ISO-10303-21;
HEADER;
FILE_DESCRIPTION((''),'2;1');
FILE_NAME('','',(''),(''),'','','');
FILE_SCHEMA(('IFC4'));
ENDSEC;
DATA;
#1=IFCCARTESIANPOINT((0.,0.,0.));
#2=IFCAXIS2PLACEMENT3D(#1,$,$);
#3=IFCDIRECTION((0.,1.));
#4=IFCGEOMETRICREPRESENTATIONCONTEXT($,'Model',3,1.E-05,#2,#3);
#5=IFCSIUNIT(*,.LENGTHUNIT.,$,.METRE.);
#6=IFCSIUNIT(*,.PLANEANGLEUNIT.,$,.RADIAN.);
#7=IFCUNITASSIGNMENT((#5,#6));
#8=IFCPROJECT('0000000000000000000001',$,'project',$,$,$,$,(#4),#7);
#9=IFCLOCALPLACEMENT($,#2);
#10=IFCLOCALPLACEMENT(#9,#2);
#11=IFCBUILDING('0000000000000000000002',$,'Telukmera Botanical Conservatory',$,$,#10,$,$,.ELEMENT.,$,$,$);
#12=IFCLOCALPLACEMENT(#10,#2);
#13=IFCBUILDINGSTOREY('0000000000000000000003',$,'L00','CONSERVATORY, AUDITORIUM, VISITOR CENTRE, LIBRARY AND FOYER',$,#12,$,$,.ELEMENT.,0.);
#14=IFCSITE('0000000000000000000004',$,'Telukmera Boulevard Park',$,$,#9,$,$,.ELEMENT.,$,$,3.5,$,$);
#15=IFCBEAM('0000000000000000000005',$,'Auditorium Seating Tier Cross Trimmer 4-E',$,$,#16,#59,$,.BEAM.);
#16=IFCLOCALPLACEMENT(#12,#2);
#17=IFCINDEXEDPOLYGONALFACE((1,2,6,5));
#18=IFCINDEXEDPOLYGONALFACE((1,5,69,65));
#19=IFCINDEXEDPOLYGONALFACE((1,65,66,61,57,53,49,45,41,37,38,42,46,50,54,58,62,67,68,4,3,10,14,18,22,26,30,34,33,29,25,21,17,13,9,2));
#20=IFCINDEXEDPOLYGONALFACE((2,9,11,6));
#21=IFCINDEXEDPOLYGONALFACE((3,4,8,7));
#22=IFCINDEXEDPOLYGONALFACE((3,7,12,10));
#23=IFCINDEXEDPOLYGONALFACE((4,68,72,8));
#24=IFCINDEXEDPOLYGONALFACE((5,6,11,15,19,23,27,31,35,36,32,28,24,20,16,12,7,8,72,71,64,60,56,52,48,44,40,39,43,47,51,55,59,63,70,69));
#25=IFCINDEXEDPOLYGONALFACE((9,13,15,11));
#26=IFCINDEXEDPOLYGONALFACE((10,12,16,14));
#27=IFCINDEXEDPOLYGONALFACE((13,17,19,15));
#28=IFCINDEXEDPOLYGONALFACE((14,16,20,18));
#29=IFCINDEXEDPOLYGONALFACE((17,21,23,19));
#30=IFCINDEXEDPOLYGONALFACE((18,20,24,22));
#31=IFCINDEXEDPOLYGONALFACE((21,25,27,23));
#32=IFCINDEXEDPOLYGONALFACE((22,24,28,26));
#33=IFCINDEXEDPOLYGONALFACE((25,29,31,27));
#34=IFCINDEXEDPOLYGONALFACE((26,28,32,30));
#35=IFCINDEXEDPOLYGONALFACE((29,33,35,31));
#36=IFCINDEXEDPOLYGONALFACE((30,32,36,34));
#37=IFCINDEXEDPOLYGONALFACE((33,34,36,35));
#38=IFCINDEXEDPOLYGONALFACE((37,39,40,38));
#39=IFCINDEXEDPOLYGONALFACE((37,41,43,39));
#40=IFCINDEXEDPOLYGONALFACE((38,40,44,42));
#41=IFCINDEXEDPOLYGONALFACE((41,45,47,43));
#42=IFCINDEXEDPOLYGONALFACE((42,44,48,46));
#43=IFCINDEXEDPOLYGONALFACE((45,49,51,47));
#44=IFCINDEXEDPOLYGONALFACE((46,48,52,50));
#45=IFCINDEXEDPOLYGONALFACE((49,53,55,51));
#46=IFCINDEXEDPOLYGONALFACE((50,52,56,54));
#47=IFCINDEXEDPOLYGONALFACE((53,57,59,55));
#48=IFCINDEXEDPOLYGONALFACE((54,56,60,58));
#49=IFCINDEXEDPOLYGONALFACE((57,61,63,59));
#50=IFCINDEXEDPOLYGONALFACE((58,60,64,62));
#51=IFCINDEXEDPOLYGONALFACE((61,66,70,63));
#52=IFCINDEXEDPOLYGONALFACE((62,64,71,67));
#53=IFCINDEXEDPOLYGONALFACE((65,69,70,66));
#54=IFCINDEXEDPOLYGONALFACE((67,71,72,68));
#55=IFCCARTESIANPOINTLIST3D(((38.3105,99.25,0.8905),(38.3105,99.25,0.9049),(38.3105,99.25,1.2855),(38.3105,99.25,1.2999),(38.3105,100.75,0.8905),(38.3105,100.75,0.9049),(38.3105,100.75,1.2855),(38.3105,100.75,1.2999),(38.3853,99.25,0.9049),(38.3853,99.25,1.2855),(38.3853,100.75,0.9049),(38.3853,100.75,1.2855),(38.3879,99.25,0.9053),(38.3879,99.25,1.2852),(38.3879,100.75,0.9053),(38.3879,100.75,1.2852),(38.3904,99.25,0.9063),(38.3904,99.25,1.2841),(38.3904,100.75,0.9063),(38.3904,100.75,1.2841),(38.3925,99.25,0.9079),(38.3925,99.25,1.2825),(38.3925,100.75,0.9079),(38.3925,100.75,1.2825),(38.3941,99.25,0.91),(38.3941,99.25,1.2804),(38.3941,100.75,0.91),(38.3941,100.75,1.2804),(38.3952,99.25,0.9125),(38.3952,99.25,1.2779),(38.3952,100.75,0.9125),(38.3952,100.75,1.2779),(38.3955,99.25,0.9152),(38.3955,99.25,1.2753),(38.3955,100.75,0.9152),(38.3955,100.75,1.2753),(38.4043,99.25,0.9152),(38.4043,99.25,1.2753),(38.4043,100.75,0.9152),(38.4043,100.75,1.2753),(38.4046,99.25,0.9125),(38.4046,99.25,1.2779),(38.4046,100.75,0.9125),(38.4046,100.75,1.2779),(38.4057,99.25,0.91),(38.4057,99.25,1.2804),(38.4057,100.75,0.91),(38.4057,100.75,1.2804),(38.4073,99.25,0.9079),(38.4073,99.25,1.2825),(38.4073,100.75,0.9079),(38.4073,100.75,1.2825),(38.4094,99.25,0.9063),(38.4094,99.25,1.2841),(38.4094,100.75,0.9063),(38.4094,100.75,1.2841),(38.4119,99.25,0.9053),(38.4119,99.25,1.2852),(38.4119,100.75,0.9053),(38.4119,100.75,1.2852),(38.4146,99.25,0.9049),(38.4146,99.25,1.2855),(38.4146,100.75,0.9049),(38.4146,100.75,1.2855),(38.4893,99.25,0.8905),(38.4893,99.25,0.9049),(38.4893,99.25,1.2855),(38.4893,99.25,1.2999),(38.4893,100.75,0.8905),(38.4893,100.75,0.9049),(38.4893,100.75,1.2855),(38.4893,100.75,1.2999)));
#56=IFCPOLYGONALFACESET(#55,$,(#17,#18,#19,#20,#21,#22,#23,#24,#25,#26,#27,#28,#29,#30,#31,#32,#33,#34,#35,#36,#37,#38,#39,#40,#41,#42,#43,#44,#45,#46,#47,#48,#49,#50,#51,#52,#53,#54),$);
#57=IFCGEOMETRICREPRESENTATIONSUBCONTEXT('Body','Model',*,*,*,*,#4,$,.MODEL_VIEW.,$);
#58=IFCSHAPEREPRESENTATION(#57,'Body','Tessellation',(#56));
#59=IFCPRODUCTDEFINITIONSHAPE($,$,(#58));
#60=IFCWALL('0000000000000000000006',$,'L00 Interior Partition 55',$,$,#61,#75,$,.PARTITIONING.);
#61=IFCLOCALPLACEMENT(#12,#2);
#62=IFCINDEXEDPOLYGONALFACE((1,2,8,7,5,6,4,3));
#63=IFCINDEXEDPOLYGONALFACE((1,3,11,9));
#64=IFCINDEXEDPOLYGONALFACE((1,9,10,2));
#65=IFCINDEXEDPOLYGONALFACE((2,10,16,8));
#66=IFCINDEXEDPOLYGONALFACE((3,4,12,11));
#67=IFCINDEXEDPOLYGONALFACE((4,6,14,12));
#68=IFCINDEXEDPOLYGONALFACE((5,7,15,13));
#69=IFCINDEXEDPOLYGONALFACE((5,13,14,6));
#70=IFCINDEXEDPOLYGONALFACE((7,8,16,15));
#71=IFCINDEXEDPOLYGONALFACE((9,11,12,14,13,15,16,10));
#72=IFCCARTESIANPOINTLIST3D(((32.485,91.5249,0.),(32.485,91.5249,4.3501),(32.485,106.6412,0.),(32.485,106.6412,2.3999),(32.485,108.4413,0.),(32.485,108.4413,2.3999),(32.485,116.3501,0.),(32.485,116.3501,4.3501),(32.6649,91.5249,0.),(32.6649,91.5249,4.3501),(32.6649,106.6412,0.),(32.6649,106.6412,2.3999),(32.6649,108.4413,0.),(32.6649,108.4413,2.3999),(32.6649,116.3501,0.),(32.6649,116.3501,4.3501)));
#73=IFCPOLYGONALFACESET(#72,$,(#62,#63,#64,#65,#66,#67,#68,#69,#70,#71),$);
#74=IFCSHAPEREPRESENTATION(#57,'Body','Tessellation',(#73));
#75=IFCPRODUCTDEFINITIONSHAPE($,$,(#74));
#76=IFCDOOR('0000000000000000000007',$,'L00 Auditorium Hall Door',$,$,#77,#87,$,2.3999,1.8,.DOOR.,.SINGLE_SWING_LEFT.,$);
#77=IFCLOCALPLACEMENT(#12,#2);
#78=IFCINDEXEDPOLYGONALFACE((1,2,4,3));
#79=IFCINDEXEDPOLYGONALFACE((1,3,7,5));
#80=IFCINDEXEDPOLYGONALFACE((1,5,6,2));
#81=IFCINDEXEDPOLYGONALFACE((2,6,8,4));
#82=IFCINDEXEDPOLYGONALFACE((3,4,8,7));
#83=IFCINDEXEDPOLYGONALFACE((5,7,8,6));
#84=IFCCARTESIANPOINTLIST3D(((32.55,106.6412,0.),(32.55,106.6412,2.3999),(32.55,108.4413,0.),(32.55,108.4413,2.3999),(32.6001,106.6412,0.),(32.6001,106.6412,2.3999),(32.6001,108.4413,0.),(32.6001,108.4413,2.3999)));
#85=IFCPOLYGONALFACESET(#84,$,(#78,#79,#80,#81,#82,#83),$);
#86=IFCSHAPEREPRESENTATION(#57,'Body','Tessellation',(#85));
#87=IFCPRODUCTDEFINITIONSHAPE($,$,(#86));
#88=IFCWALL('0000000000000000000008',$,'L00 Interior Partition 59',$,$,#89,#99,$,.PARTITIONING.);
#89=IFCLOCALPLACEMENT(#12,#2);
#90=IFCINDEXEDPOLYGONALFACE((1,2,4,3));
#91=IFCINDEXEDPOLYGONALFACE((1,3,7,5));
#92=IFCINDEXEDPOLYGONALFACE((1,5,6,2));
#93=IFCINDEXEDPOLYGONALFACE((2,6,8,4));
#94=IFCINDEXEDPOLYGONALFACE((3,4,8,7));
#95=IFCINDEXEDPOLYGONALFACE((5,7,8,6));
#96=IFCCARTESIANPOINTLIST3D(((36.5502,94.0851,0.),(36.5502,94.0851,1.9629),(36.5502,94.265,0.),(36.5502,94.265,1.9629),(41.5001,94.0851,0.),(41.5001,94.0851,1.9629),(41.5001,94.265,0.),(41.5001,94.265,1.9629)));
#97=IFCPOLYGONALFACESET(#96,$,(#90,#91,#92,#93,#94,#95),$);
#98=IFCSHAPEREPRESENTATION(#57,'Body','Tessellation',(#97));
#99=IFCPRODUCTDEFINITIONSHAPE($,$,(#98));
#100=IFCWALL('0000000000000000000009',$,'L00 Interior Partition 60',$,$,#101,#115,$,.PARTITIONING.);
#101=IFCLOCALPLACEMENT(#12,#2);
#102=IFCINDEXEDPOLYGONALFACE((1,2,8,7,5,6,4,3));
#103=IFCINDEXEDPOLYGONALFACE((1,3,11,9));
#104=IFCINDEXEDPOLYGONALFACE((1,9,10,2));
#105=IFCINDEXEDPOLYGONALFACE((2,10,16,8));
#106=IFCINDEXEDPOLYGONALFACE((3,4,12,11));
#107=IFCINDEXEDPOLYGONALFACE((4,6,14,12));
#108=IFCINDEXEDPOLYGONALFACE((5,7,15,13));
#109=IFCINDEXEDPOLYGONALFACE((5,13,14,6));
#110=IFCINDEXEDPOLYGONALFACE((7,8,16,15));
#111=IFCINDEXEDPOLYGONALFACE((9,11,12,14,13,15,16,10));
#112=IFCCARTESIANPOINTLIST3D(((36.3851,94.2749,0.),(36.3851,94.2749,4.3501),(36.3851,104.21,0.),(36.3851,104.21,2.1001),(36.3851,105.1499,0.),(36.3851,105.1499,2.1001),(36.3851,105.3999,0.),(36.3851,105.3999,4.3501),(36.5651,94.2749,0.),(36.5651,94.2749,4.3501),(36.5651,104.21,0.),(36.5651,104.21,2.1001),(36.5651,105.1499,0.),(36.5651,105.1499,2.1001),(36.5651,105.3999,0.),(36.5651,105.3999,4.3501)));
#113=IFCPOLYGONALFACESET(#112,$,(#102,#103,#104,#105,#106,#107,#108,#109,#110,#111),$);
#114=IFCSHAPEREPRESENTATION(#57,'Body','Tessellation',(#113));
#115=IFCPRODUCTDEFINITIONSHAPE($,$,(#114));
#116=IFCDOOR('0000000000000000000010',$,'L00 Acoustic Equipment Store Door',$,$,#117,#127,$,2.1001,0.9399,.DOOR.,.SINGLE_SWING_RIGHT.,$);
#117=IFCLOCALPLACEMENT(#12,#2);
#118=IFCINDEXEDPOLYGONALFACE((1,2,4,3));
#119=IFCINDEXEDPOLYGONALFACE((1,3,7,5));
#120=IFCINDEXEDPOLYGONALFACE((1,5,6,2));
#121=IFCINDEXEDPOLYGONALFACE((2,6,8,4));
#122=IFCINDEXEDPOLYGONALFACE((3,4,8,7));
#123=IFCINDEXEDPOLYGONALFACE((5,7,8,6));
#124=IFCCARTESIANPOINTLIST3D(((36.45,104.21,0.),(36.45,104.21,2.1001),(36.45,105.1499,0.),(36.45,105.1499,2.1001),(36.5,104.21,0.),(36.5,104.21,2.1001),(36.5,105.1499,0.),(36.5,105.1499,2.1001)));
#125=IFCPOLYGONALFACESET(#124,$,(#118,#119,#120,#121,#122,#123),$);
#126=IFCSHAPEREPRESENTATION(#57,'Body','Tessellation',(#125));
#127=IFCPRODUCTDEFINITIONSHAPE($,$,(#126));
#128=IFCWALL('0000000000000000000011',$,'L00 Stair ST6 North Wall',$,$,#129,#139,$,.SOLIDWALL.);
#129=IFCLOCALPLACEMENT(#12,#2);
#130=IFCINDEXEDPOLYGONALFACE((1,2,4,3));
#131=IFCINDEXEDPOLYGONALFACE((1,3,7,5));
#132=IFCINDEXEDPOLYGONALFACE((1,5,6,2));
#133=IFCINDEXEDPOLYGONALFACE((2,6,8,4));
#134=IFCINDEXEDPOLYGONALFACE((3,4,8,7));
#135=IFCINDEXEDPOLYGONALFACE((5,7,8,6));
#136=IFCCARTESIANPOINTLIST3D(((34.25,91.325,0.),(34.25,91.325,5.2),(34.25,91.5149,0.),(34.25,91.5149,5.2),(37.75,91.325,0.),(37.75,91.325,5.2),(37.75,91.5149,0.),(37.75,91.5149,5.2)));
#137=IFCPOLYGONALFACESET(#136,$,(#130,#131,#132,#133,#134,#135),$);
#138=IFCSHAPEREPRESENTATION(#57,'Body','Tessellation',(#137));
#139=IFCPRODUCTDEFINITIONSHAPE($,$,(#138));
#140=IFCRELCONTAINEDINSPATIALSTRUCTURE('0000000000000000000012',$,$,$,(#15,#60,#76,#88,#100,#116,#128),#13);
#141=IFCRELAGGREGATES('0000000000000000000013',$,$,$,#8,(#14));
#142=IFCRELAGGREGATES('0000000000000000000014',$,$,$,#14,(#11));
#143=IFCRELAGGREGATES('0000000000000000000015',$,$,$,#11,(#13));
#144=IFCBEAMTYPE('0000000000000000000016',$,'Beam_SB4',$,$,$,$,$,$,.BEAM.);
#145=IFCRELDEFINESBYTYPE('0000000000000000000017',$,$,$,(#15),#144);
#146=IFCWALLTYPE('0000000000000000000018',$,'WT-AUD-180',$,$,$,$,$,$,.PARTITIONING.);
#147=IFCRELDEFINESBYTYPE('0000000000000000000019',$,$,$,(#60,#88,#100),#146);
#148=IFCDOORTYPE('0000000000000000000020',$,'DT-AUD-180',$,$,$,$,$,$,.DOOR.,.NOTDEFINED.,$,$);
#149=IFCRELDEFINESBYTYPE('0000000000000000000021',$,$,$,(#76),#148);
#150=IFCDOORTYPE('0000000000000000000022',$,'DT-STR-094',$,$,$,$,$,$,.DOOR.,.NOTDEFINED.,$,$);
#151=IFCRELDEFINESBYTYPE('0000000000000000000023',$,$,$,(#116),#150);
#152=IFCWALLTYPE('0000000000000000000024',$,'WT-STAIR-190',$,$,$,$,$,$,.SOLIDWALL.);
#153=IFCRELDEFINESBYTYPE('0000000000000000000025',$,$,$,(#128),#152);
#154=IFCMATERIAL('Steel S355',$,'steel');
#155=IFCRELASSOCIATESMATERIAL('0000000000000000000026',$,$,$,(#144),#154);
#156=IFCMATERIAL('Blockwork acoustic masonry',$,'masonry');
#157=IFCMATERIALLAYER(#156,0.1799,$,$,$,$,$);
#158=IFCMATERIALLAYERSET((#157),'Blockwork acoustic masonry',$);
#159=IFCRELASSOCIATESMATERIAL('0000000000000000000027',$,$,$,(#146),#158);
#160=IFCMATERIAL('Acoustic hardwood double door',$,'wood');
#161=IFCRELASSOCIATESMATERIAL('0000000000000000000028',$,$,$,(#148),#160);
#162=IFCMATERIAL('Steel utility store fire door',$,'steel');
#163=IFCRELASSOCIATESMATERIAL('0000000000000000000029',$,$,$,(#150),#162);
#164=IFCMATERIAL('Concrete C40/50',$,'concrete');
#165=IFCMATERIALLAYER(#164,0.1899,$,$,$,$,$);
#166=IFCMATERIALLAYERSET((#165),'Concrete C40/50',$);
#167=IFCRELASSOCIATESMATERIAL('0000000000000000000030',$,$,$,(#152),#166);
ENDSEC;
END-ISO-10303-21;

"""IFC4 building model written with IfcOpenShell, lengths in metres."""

from ifc_helpers import new_model, si_unit, direction, frame, frame_2d, origin, origin_2d, place, context, subcontext, project, spatial, rectangle, i_section, extrude, material, layer, layer_set, material_profile, profile_set, type_object, element, fill, save


model = new_model("IFC4")

# Units and contexts
model_context = context("Model", 3, precision=1e-05, world=origin(), true_north=direction((0.0, 1.0)))
body_context = subcontext(model_context, "Body", "Model", "MODEL_VIEW")
ifc_project = project(units=[si_unit("LENGTHUNIT", "METRE"), si_unit("PLANEANGLEUNIT", "RADIAN")], contexts=[model_context])

# Site, building, storey
site_placement = place(None, origin())
site = spatial("IfcSite", under=ifc_project, at=site_placement, Name="Telukmera Boulevard Park", CompositionType="ELEMENT", RefElevation=3.5)
building_placement = place(site_placement, origin())
building = spatial("IfcBuilding", under=site, at=building_placement, Name="Telukmera Botanical Conservatory", CompositionType="ELEMENT")
storey_placement = place(building_placement, origin())
storey = spatial("IfcBuildingStorey", under=building, at=storey_placement, Name="L00", Description="CONSERVATORY, AUDITORIUM, VISITOR CENTRE, LIBRARY AND FOYER", CompositionType="ELEMENT", Elevation=0.0)

# Beam
ifc_material_1 = material(Name="Steel S355", Category="steel")
ifc_material_profile_1 = material_profile(ifc_material_1, i_section(OverallWidth=0.1787, OverallDepth=0.4094, WebThickness=0.0088, FlangeThickness=0.0144, FilletRadius=0.0103, at=origin_2d()), Name="UB 406x178x67")
ifc_profile_set_1 = profile_set([ifc_material_profile_1], Name="Steel S355")
beam_type = type_object("IfcBeamType", Name="Beam_SB4", PredefinedType="BEAM", material=ifc_profile_set_1)
beam_1_placement = place(storey_placement, frame((38.3999, 99.25, 1.0952), z_axis=(0.0, 1.0, 0.0), x_axis=(-1.0, 0.0, 0.0)))
element("IfcBeam", 1, at=beam_1_placement, inside=storey, type_object=beam_type, Name="Auditorium Seating Tier Cross Trimmer 4-E", PredefinedType="BEAM", context=body_context, shape_type="SweptSolid", body=[
    extrude(i_section(OverallWidth=0.1787, OverallDepth=0.4094, WebThickness=0.0088, FlangeThickness=0.0144, FilletRadius=0.0103, at=origin_2d()), origin(), (0.0, 0.0, 1.0), 1.5),
])

# Wall, opening, door
ifc_material_2 = material(Name="Blockwork acoustic masonry", Category="masonry")
ifc_layer_1 = layer(ifc_material_2, 0.1799)
ifc_layer_set_1 = layer_set([ifc_layer_1], Name="Blockwork acoustic masonry")
wall_type_1 = type_object("IfcWallType", Name="WT-AUD-180", PredefinedType="PARTITIONING", material=ifc_layer_set_1)
wall_1_placement = place(storey_placement, frame((32.575, 91.5249, 0.0), z_axis=(0.0, 0.0, 1.0), x_axis=(0.0, 1.0, 0.0)))
wall_1 = element("IfcWall", 2, at=wall_1_placement, inside=storey, type_object=wall_type_1, Name="L00 Interior Partition 55", PredefinedType="PARTITIONING", context=body_context, shape_type="SweptSolid", body=[
    extrude(rectangle(XDim=24.8252, YDim=0.1799, at=frame_2d((12.4126, 0.0))), origin(), (0.0, 0.0, 1.0), 4.3501),
])
opening_1_placement = place(wall_1_placement, frame((15.1165, 0.0, 0.0)))
opening_1 = element("IfcOpeningElement", 3, at=opening_1_placement, cuts=wall_1, PredefinedType="OPENING", context=body_context, shape_type="SweptSolid", body=[
    extrude(rectangle(XDim=1.8, YDim=2.3999, at=frame_2d((0.8999, 1.2))), frame((0.0, 0.0999, 0.0), z_axis=(0.0, -1.0, 0.0), x_axis=(1.0, 0.0, 0.0)), (0.0, 0.0, 1.0), 0.2),
])
ifc_material_3 = material(Name="Acoustic hardwood double door", Category="wood")
door_type_1 = type_object("IfcDoorType", Name="DT-AUD-180", OperationType="NOTDEFINED", PredefinedType="DOOR", material=ifc_material_3)
door_1_placement = place(opening_1_placement, origin())
door_1 = element("IfcDoor", 4, at=door_1_placement, inside=storey, type_object=door_type_1, Name="L00 Auditorium Hall Door", OperationType="SINGLE_SWING_LEFT", OverallHeight=2.3999, OverallWidth=1.8, PredefinedType="DOOR", context=body_context, shape_type="SweptSolid", body=[
    extrude(rectangle(XDim=1.8, YDim=2.3999, at=frame_2d((0.8999, 1.2))), frame((0.0, 0.0249, 0.0), z_axis=(0.0, -1.0, 0.0), x_axis=(1.0, 0.0, 0.0)), (0.0, 0.0, 1.0), 0.05),
])
fill(opening_1, door_1)

# Wall
wall_2_placement = place(storey_placement, frame((36.55, 94.175, 0.0), z_axis=(0.0, 0.0, 1.0), x_axis=(1.0, 0.0, 0.0)))
element("IfcWall", 5, at=wall_2_placement, inside=storey, type_object=wall_type_1, Name="L00 Interior Partition 59", PredefinedType="PARTITIONING", context=body_context, shape_type="SweptSolid", body=[
    extrude(rectangle(XDim=4.95, YDim=0.1799, at=frame_2d((2.4751, 0.0))), origin(), (0.0, 0.0, 1.0), 1.9629),
])

# Wall, opening, door
wall_3_placement = place(storey_placement, frame((36.4751, 94.2749, 0.0), z_axis=(0.0, 0.0, 1.0), x_axis=(0.0, 1.0, 0.0)))
wall_3 = element("IfcWall", 6, at=wall_3_placement, inside=storey, type_object=wall_type_1, Name="L00 Interior Partition 60", PredefinedType="PARTITIONING", context=body_context, shape_type="SweptSolid", body=[
    extrude(rectangle(XDim=11.125, YDim=0.1799, at=frame_2d((5.5625, 0.0))), origin(), (0.0, 0.0, 1.0), 4.3501),
])
opening_2_placement = place(wall_3_placement, frame((9.9351, 0.0, 0.0)))
opening_2 = element("IfcOpeningElement", 7, at=opening_2_placement, cuts=wall_3, PredefinedType="OPENING", context=body_context, shape_type="SweptSolid", body=[
    extrude(rectangle(XDim=0.9399, YDim=2.1001, at=frame_2d((0.47, 1.05))), frame((0.0, 0.0999, 0.0), z_axis=(0.0, -1.0, 0.0), x_axis=(1.0, 0.0, 0.0)), (0.0, 0.0, 1.0), 0.2),
])
ifc_material_4 = material(Name="Steel utility store fire door", Category="steel")
door_type_2 = type_object("IfcDoorType", Name="DT-STR-094", OperationType="NOTDEFINED", PredefinedType="DOOR", material=ifc_material_4)
door_2_placement = place(opening_2_placement, frame((0.9399, 0.0, 0.0), z_axis=(0.0, 0.0, 1.0), x_axis=(-1.0, 0.0, 0.0)))
door_2 = element("IfcDoor", 8, at=door_2_placement, inside=storey, type_object=door_type_2, Name="L00 Acoustic Equipment Store Door", OperationType="SINGLE_SWING_RIGHT", OverallHeight=2.1001, OverallWidth=0.9399, PredefinedType="DOOR", context=body_context, shape_type="SweptSolid", body=[
    extrude(rectangle(XDim=0.9399, YDim=2.1001, at=frame_2d((0.47, 1.05))), frame((0.0, 0.0249, 0.0), z_axis=(0.0, -1.0, 0.0), x_axis=(1.0, 0.0, 0.0)), (0.0, 0.0, 1.0), 0.05),
])
fill(opening_2, door_2)

# Wall
ifc_material_5 = material(Name="Concrete C40/50", Category="concrete")
ifc_layer_2 = layer(ifc_material_5, 0.1899)
ifc_layer_set_2 = layer_set([ifc_layer_2], Name="Concrete C40/50")
wall_type_2 = type_object("IfcWallType", Name="WT-STAIR-190", PredefinedType="SOLIDWALL", material=ifc_layer_set_2)
wall_4_placement = place(storey_placement, frame((34.25, 91.4199, 0.0), z_axis=(0.0, 0.0, 1.0), x_axis=(1.0, 0.0, 0.0)))
element("IfcWall", 9, at=wall_4_placement, inside=storey, type_object=wall_type_2, Name="L00 Stair ST6 North Wall", PredefinedType="SOLIDWALL", context=body_context, shape_type="SweptSolid", body=[
    extrude(rectangle(XDim=3.5, YDim=0.1899, at=frame_2d((1.75, 0.0))), origin(), (0.0, 0.0, 1.0), 5.2),
])

save(model, "model.ifc")
